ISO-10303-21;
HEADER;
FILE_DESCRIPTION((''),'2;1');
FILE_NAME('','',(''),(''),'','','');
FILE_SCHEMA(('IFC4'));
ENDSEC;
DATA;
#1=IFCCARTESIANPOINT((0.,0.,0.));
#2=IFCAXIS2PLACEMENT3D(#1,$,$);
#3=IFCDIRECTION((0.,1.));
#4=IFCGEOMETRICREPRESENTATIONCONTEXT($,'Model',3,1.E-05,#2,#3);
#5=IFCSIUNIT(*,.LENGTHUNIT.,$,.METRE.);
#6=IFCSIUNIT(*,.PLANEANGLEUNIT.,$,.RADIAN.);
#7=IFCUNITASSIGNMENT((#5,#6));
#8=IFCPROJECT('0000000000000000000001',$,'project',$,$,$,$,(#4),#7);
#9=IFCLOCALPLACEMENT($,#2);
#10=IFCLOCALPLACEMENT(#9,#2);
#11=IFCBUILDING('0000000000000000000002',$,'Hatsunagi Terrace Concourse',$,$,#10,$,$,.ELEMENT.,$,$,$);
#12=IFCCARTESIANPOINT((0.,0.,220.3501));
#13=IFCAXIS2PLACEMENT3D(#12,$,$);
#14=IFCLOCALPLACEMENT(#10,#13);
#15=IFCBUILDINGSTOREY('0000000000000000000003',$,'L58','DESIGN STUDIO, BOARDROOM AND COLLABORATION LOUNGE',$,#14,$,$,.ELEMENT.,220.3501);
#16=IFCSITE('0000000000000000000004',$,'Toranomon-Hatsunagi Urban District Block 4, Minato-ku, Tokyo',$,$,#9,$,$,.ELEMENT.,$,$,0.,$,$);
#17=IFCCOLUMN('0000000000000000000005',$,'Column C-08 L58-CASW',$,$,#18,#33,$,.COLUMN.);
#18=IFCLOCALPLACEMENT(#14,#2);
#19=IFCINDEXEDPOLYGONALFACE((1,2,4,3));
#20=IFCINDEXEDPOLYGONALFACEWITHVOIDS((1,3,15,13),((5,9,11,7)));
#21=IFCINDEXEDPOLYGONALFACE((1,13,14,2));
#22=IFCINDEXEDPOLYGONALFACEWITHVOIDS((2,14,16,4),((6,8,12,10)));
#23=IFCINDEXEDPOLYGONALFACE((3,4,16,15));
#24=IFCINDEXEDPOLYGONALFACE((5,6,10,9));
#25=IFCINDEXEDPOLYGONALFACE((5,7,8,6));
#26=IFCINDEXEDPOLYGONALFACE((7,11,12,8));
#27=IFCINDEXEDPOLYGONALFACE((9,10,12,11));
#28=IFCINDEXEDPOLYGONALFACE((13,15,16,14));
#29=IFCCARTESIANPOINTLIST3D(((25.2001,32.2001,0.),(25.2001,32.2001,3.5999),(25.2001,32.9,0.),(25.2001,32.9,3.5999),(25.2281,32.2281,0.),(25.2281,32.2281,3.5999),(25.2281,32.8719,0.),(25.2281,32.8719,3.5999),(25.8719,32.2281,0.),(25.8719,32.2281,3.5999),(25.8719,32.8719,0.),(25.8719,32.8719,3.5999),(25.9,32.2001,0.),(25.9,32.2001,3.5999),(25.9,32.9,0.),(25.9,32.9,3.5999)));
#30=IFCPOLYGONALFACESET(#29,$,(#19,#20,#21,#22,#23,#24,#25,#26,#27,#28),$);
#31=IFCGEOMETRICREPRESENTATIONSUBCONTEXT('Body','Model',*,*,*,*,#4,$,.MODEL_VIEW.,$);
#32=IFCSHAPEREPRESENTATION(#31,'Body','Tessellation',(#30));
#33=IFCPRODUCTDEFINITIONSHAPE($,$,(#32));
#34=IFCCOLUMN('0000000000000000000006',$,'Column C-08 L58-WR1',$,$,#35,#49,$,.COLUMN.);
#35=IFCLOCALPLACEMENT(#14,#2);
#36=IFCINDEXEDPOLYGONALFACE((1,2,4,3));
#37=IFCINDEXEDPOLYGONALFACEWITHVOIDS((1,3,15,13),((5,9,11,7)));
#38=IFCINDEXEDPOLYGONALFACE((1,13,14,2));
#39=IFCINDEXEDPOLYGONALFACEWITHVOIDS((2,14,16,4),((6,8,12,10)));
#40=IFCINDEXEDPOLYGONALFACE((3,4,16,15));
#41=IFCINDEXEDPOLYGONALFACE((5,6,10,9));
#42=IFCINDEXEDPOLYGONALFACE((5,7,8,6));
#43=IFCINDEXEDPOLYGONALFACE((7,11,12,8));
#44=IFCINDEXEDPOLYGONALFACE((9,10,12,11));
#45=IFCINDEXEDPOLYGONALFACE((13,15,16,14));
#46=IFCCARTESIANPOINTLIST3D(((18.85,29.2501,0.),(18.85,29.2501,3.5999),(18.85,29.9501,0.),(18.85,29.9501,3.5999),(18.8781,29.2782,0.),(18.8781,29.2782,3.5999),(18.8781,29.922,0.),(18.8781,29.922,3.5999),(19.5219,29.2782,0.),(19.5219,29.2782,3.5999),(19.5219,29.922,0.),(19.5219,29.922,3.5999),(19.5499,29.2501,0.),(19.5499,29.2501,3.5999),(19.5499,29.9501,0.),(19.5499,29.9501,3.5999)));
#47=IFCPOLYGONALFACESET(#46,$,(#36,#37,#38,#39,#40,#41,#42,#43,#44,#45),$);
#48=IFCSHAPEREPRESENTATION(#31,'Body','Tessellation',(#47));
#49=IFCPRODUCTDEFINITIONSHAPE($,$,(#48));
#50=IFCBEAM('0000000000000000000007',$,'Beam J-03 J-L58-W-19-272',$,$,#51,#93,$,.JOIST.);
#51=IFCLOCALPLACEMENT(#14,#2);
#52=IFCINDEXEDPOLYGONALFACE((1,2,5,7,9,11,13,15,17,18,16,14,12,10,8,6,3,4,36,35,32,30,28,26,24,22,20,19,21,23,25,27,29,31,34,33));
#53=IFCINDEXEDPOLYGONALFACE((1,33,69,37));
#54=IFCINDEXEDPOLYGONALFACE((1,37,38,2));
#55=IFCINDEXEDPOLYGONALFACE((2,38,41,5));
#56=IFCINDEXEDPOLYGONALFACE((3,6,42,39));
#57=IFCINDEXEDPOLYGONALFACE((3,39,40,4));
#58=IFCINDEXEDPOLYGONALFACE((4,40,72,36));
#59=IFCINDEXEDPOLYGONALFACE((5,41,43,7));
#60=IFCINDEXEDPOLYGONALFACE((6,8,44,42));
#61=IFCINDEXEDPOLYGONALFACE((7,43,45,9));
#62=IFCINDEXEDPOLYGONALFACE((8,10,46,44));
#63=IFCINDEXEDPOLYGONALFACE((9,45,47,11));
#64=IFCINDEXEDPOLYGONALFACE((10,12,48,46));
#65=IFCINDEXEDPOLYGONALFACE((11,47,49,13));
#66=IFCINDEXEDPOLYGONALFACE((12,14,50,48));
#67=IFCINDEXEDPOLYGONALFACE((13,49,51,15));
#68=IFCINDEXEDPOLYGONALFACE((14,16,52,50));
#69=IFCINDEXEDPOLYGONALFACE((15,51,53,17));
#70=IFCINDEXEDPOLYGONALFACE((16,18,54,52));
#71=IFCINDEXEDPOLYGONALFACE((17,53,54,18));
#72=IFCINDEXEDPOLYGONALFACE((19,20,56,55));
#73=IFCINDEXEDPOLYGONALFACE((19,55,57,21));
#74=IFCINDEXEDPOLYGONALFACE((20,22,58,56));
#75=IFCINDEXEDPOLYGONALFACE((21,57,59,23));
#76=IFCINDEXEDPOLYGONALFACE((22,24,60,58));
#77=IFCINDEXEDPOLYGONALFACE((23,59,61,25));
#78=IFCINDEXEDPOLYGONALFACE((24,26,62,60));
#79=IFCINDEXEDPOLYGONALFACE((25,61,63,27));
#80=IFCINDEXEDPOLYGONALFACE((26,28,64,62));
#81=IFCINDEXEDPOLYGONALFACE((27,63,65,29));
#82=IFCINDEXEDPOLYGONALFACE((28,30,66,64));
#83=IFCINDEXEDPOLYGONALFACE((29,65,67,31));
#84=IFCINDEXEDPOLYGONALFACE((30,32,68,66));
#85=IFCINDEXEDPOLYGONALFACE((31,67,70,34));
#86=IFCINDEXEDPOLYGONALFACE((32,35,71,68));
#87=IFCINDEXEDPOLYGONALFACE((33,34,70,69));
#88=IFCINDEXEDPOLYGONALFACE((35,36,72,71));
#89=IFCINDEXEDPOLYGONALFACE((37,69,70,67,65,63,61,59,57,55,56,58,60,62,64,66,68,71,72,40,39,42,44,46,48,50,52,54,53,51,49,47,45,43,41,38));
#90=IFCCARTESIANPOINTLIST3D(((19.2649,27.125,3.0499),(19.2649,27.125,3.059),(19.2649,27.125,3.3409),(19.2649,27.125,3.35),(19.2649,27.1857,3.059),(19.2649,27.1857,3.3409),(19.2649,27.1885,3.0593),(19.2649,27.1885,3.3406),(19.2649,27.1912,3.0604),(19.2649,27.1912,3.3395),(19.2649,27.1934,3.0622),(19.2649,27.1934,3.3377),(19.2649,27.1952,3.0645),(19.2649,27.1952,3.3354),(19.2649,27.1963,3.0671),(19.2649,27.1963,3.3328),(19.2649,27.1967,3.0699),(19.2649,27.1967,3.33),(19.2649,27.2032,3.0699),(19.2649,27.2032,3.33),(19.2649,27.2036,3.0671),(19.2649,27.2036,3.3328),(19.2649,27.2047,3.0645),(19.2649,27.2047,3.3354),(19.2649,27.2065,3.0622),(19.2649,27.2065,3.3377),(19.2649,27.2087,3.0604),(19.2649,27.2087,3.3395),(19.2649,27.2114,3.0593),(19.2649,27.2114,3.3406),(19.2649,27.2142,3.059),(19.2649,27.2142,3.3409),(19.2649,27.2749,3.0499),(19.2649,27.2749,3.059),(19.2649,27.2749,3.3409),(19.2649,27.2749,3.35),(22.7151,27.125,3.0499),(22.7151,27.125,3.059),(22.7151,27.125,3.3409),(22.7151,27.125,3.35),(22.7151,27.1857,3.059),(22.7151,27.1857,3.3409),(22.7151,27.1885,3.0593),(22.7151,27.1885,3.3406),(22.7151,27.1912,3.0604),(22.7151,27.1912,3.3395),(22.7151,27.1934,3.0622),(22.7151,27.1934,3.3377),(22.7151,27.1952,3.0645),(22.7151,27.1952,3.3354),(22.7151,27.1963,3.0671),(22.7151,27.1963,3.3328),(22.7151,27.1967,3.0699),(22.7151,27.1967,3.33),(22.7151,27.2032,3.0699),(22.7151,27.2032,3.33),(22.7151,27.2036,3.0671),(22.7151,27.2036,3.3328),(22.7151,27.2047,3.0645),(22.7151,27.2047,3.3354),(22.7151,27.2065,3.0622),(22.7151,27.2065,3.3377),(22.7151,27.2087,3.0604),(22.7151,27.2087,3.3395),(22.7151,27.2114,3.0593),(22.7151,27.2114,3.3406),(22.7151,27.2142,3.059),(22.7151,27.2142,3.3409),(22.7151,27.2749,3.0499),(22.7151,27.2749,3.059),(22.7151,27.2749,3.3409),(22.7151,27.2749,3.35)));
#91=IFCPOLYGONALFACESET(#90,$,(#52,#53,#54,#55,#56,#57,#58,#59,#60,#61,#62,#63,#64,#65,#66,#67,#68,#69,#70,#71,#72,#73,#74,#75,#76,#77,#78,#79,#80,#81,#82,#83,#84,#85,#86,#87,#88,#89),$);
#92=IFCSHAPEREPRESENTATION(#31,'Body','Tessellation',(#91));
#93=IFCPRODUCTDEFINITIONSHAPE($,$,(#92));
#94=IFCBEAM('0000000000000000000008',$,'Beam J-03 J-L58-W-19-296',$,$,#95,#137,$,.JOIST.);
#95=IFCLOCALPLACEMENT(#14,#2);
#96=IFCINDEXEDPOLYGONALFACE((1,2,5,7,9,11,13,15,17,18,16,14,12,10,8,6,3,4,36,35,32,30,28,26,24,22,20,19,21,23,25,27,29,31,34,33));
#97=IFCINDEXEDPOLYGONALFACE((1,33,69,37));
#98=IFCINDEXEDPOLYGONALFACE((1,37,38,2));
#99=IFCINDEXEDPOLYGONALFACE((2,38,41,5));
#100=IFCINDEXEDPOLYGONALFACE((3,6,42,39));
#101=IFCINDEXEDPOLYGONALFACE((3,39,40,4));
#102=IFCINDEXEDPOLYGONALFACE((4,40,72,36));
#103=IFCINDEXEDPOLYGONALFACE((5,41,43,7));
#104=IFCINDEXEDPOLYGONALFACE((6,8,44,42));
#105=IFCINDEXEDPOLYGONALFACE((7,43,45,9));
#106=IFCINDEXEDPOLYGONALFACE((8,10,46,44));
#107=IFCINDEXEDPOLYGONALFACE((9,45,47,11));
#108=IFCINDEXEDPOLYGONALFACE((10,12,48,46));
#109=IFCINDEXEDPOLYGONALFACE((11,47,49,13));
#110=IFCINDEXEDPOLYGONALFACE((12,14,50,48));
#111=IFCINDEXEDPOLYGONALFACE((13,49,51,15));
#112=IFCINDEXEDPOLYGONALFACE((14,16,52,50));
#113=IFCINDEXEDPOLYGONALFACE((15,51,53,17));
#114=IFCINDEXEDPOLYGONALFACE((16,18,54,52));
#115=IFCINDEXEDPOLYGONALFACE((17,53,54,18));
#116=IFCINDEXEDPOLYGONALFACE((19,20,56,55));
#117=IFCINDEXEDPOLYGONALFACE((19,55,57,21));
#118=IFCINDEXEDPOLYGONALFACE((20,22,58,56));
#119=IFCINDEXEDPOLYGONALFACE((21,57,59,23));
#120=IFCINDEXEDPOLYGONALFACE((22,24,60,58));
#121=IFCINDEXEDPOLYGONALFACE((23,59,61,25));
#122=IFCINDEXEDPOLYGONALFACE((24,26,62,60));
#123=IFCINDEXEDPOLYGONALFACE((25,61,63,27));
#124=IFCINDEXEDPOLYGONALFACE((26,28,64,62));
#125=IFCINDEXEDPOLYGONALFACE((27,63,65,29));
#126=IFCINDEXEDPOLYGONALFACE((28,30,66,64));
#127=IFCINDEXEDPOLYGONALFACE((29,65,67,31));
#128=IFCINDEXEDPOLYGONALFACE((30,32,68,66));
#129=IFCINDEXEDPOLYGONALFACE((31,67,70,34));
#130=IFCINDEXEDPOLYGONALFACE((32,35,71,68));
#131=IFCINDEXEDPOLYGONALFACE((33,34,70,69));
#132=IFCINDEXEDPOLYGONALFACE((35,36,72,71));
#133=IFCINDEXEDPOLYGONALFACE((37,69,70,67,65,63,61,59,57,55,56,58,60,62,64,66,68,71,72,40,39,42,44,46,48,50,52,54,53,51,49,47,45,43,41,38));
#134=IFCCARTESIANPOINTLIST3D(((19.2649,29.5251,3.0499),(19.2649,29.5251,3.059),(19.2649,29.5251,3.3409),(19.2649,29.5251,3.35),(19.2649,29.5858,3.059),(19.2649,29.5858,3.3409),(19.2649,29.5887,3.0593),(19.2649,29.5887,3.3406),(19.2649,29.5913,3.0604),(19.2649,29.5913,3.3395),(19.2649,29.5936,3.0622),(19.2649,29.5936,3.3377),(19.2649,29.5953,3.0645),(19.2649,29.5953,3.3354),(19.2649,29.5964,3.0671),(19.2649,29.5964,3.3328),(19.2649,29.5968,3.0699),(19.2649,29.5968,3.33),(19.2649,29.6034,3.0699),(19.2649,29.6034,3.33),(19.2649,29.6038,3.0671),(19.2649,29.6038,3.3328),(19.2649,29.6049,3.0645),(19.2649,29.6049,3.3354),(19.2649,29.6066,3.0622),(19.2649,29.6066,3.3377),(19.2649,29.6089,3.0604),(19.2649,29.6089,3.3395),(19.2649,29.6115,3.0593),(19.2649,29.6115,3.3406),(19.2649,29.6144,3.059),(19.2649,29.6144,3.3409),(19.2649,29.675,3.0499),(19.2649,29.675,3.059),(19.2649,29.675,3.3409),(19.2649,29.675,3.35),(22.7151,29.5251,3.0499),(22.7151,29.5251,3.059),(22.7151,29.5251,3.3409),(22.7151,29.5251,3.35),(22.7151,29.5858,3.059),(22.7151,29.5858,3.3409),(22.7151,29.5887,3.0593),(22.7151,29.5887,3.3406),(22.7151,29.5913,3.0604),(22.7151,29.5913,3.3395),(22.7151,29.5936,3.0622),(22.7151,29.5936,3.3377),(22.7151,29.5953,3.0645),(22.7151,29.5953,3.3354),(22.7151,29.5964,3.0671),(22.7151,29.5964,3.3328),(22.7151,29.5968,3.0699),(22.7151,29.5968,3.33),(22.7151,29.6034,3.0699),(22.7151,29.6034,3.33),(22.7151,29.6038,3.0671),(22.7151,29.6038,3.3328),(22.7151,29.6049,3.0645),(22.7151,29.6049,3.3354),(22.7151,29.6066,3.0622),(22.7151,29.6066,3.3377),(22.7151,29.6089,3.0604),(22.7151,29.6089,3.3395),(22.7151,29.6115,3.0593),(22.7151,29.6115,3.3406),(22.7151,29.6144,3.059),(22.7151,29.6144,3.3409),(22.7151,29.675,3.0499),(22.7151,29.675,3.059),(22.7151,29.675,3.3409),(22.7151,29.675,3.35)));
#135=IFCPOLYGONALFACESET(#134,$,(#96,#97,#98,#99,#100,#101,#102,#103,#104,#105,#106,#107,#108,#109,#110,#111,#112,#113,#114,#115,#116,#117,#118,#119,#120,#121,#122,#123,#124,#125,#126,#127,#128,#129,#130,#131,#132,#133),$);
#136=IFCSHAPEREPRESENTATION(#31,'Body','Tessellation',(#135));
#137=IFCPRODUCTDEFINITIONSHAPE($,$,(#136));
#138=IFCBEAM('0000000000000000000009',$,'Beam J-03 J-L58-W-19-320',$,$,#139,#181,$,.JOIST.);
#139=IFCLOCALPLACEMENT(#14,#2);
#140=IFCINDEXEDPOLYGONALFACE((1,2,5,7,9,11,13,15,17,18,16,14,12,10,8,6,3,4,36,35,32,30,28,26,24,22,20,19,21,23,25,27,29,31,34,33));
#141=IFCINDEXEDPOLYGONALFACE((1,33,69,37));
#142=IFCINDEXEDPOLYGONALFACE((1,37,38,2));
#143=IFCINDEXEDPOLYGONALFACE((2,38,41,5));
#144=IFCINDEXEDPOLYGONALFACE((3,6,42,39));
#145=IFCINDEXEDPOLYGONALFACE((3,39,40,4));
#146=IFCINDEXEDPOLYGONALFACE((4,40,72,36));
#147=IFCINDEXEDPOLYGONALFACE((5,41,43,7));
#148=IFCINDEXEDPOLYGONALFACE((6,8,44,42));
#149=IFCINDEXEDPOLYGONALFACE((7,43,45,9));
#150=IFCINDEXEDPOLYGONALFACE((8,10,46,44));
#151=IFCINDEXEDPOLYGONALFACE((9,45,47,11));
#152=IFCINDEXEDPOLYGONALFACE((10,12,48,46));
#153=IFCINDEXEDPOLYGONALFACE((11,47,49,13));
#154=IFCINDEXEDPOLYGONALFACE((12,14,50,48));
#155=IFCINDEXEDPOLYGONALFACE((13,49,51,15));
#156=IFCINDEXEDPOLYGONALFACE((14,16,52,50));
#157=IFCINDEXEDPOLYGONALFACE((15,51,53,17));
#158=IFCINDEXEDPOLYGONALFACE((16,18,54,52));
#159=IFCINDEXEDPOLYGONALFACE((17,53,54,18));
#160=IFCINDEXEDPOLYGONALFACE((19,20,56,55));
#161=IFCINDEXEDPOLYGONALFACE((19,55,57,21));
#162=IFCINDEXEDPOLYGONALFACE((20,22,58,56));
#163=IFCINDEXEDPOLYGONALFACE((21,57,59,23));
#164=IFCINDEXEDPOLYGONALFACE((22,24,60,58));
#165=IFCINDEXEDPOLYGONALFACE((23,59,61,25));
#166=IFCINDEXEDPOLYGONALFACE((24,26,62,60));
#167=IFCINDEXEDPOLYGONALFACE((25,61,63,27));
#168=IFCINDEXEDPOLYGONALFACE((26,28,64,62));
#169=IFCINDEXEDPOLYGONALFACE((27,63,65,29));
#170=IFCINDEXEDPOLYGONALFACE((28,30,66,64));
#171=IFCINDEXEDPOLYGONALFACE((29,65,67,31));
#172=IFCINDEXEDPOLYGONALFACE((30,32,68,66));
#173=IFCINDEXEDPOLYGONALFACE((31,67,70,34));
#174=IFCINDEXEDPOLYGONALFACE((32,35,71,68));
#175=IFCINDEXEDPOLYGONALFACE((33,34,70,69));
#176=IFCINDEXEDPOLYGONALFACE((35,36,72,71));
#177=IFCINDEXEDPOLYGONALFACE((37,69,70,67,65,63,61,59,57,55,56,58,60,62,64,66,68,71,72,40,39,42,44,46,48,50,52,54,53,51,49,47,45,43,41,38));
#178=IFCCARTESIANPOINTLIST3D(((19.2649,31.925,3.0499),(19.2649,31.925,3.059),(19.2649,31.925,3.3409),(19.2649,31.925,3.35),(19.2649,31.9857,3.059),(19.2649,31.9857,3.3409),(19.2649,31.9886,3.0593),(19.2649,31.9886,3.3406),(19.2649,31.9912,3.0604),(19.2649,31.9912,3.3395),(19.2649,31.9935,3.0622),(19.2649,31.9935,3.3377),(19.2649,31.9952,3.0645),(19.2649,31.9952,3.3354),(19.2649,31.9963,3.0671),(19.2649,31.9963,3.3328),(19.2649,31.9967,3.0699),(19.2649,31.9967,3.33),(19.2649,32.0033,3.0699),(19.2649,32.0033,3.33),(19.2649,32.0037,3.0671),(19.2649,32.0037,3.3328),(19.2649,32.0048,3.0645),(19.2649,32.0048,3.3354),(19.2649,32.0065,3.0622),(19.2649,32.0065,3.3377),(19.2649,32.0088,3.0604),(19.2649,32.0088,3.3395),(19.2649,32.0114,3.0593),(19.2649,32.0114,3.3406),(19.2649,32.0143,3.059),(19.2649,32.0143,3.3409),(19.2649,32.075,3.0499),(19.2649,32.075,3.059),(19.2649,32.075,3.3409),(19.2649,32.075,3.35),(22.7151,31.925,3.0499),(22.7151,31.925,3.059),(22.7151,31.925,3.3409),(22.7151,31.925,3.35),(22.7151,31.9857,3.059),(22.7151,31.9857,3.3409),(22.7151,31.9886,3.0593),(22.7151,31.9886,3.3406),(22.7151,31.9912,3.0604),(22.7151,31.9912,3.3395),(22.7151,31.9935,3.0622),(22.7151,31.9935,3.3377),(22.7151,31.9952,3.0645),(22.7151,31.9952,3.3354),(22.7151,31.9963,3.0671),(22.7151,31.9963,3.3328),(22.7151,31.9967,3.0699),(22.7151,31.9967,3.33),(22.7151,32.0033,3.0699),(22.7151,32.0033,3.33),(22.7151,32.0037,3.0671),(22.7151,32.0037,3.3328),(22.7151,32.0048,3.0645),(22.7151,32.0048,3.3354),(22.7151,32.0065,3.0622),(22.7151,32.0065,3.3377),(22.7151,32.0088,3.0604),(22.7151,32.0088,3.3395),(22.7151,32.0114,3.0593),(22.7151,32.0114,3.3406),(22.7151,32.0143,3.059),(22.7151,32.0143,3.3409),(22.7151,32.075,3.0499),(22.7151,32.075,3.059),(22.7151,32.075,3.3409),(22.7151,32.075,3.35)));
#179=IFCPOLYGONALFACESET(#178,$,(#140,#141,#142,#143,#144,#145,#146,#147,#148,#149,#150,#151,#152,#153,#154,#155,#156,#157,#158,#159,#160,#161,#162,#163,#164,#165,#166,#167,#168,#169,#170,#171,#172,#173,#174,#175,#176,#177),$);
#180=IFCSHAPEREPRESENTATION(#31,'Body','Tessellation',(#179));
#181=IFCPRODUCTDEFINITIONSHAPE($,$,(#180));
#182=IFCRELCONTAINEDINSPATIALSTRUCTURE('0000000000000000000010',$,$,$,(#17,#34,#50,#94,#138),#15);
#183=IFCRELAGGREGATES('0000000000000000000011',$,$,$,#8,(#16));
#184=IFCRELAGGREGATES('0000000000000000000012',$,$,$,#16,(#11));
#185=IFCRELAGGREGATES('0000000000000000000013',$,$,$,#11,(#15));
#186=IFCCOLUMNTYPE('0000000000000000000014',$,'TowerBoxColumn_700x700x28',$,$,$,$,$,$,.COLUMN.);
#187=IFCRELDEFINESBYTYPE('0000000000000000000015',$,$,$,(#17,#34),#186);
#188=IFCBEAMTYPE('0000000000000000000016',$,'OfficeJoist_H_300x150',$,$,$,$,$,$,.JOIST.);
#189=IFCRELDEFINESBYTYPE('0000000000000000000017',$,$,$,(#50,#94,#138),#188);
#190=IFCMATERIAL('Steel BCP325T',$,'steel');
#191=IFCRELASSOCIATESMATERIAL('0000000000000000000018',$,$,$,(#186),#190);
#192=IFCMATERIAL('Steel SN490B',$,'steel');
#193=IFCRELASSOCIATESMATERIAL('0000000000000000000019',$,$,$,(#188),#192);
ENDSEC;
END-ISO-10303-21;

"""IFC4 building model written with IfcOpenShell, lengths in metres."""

from ifc_helpers import new_model, si_unit, direction, frame, origin, origin_2d, place, context, subcontext, project, spatial, hollow_rectangle, i_section, extrude, material, material_profile, profile_set, type_object, element, save


model = new_model("IFC4")

# Units and contexts
model_context = context("Model", 3, precision=1e-05, world=origin(), true_north=direction((0.0, 1.0)))
body_context = subcontext(model_context, "Body", "Model", "MODEL_VIEW")
ifc_project = project(units=[si_unit("LENGTHUNIT", "METRE"), si_unit("PLANEANGLEUNIT", "RADIAN")], contexts=[model_context])

# Site, building, storey
site_placement = place(None, origin())
site = spatial("IfcSite", under=ifc_project, at=site_placement, Name="Toranomon-Hatsunagi Urban District Block 4, Minato-ku, Tokyo", CompositionType="ELEMENT", RefElevation=0.0)
building_placement = place(site_placement, origin())
building = spatial("IfcBuilding", under=site, at=building_placement, Name="Hatsunagi Terrace Concourse", CompositionType="ELEMENT")
storey_placement = place(building_placement, frame((0.0, 0.0, 220.3501)))
storey = spatial("IfcBuildingStorey", under=building, at=storey_placement, Name="L58", Description="DESIGN STUDIO, BOARDROOM AND COLLABORATION LOUNGE", CompositionType="ELEMENT", Elevation=220.3501)

# Columns
ifc_material_1 = material(Name="Steel BCP325T", Category="steel")
ifc_material_profile_1 = material_profile(ifc_material_1, hollow_rectangle(XDim=0.7, YDim=0.7, WallThickness=0.0281, at=origin_2d()), Name="BCP-700x700x28")
ifc_profile_set_1 = profile_set([ifc_material_profile_1], Name="Steel BCP325T")
column_type = type_object("IfcColumnType", Name="TowerBoxColumn_700x700x28", PredefinedType="COLUMN", material=ifc_profile_set_1)
for number, where, z_axis, x_axis, name in (
    (1, (25.55, 32.55, 0.0), (0.0, 0.0, 1.0), (1.0, 0.0, 0.0), "Column C-08 L58-CASW"),
    (2, (19.2, 29.6001, 0.0), (0.0, 0.0, 1.0), (1.0, 0.0, 0.0), "Column C-08 L58-WR1"),
):
    element("IfcColumn", number, at=place(storey_placement, frame(where, z_axis=z_axis, x_axis=x_axis)), inside=storey, type_object=column_type, Name=name, PredefinedType="COLUMN", context=body_context, shape_type="SweptSolid", body=[
        extrude(hollow_rectangle(XDim=0.7, YDim=0.7, WallThickness=0.0281, at=origin_2d()), origin(), (0.0, 0.0, 1.0), 3.5999),
    ])

# Beams
ifc_material_2 = material(Name="Steel SN490B", Category="steel")
ifc_material_profile_2 = material_profile(ifc_material_2, i_section(OverallWidth=0.1499, OverallDepth=0.3, WebThickness=0.0066, FlangeThickness=0.009, FilletRadius=0.011, at=origin_2d()), Name="H-300x150x6.5x9")
ifc_profile_set_2 = profile_set([ifc_material_profile_2], Name="Steel SN490B")
beam_type_1 = type_object("IfcBeamType", Name="OfficeJoist_H_300x150", PredefinedType="JOIST", material=ifc_profile_set_2)
for number, where, z_axis, x_axis, name in (
    (3, (19.2649, 27.2, 3.2), (1.0, 0.0, 0.0), (0.0, 1.0, 0.0), "Beam J-03 J-L58-W-19-272"),
    (4, (19.2649, 29.6001, 3.2), (1.0, 0.0, 0.0), (0.0, 1.0, 0.0), "Beam J-03 J-L58-W-19-296"),
    (5, (19.2649, 32.0, 3.2), (1.0, 0.0, 0.0), (0.0, 1.0, 0.0), "Beam J-03 J-L58-W-19-320"),
):
    element("IfcBeam", number, at=place(storey_placement, frame(where, z_axis=z_axis, x_axis=x_axis)), inside=storey, type_object=beam_type_1, Name=name, PredefinedType="JOIST", context=body_context, shape_type="SweptSolid", body=[
        extrude(i_section(OverallWidth=0.1499, OverallDepth=0.3, WebThickness=0.0066, FlangeThickness=0.009, FilletRadius=0.011, at=origin_2d()), origin(), (0.0, 0.0, 1.0), 3.4502),
    ])

save(model, "model.ifc")
